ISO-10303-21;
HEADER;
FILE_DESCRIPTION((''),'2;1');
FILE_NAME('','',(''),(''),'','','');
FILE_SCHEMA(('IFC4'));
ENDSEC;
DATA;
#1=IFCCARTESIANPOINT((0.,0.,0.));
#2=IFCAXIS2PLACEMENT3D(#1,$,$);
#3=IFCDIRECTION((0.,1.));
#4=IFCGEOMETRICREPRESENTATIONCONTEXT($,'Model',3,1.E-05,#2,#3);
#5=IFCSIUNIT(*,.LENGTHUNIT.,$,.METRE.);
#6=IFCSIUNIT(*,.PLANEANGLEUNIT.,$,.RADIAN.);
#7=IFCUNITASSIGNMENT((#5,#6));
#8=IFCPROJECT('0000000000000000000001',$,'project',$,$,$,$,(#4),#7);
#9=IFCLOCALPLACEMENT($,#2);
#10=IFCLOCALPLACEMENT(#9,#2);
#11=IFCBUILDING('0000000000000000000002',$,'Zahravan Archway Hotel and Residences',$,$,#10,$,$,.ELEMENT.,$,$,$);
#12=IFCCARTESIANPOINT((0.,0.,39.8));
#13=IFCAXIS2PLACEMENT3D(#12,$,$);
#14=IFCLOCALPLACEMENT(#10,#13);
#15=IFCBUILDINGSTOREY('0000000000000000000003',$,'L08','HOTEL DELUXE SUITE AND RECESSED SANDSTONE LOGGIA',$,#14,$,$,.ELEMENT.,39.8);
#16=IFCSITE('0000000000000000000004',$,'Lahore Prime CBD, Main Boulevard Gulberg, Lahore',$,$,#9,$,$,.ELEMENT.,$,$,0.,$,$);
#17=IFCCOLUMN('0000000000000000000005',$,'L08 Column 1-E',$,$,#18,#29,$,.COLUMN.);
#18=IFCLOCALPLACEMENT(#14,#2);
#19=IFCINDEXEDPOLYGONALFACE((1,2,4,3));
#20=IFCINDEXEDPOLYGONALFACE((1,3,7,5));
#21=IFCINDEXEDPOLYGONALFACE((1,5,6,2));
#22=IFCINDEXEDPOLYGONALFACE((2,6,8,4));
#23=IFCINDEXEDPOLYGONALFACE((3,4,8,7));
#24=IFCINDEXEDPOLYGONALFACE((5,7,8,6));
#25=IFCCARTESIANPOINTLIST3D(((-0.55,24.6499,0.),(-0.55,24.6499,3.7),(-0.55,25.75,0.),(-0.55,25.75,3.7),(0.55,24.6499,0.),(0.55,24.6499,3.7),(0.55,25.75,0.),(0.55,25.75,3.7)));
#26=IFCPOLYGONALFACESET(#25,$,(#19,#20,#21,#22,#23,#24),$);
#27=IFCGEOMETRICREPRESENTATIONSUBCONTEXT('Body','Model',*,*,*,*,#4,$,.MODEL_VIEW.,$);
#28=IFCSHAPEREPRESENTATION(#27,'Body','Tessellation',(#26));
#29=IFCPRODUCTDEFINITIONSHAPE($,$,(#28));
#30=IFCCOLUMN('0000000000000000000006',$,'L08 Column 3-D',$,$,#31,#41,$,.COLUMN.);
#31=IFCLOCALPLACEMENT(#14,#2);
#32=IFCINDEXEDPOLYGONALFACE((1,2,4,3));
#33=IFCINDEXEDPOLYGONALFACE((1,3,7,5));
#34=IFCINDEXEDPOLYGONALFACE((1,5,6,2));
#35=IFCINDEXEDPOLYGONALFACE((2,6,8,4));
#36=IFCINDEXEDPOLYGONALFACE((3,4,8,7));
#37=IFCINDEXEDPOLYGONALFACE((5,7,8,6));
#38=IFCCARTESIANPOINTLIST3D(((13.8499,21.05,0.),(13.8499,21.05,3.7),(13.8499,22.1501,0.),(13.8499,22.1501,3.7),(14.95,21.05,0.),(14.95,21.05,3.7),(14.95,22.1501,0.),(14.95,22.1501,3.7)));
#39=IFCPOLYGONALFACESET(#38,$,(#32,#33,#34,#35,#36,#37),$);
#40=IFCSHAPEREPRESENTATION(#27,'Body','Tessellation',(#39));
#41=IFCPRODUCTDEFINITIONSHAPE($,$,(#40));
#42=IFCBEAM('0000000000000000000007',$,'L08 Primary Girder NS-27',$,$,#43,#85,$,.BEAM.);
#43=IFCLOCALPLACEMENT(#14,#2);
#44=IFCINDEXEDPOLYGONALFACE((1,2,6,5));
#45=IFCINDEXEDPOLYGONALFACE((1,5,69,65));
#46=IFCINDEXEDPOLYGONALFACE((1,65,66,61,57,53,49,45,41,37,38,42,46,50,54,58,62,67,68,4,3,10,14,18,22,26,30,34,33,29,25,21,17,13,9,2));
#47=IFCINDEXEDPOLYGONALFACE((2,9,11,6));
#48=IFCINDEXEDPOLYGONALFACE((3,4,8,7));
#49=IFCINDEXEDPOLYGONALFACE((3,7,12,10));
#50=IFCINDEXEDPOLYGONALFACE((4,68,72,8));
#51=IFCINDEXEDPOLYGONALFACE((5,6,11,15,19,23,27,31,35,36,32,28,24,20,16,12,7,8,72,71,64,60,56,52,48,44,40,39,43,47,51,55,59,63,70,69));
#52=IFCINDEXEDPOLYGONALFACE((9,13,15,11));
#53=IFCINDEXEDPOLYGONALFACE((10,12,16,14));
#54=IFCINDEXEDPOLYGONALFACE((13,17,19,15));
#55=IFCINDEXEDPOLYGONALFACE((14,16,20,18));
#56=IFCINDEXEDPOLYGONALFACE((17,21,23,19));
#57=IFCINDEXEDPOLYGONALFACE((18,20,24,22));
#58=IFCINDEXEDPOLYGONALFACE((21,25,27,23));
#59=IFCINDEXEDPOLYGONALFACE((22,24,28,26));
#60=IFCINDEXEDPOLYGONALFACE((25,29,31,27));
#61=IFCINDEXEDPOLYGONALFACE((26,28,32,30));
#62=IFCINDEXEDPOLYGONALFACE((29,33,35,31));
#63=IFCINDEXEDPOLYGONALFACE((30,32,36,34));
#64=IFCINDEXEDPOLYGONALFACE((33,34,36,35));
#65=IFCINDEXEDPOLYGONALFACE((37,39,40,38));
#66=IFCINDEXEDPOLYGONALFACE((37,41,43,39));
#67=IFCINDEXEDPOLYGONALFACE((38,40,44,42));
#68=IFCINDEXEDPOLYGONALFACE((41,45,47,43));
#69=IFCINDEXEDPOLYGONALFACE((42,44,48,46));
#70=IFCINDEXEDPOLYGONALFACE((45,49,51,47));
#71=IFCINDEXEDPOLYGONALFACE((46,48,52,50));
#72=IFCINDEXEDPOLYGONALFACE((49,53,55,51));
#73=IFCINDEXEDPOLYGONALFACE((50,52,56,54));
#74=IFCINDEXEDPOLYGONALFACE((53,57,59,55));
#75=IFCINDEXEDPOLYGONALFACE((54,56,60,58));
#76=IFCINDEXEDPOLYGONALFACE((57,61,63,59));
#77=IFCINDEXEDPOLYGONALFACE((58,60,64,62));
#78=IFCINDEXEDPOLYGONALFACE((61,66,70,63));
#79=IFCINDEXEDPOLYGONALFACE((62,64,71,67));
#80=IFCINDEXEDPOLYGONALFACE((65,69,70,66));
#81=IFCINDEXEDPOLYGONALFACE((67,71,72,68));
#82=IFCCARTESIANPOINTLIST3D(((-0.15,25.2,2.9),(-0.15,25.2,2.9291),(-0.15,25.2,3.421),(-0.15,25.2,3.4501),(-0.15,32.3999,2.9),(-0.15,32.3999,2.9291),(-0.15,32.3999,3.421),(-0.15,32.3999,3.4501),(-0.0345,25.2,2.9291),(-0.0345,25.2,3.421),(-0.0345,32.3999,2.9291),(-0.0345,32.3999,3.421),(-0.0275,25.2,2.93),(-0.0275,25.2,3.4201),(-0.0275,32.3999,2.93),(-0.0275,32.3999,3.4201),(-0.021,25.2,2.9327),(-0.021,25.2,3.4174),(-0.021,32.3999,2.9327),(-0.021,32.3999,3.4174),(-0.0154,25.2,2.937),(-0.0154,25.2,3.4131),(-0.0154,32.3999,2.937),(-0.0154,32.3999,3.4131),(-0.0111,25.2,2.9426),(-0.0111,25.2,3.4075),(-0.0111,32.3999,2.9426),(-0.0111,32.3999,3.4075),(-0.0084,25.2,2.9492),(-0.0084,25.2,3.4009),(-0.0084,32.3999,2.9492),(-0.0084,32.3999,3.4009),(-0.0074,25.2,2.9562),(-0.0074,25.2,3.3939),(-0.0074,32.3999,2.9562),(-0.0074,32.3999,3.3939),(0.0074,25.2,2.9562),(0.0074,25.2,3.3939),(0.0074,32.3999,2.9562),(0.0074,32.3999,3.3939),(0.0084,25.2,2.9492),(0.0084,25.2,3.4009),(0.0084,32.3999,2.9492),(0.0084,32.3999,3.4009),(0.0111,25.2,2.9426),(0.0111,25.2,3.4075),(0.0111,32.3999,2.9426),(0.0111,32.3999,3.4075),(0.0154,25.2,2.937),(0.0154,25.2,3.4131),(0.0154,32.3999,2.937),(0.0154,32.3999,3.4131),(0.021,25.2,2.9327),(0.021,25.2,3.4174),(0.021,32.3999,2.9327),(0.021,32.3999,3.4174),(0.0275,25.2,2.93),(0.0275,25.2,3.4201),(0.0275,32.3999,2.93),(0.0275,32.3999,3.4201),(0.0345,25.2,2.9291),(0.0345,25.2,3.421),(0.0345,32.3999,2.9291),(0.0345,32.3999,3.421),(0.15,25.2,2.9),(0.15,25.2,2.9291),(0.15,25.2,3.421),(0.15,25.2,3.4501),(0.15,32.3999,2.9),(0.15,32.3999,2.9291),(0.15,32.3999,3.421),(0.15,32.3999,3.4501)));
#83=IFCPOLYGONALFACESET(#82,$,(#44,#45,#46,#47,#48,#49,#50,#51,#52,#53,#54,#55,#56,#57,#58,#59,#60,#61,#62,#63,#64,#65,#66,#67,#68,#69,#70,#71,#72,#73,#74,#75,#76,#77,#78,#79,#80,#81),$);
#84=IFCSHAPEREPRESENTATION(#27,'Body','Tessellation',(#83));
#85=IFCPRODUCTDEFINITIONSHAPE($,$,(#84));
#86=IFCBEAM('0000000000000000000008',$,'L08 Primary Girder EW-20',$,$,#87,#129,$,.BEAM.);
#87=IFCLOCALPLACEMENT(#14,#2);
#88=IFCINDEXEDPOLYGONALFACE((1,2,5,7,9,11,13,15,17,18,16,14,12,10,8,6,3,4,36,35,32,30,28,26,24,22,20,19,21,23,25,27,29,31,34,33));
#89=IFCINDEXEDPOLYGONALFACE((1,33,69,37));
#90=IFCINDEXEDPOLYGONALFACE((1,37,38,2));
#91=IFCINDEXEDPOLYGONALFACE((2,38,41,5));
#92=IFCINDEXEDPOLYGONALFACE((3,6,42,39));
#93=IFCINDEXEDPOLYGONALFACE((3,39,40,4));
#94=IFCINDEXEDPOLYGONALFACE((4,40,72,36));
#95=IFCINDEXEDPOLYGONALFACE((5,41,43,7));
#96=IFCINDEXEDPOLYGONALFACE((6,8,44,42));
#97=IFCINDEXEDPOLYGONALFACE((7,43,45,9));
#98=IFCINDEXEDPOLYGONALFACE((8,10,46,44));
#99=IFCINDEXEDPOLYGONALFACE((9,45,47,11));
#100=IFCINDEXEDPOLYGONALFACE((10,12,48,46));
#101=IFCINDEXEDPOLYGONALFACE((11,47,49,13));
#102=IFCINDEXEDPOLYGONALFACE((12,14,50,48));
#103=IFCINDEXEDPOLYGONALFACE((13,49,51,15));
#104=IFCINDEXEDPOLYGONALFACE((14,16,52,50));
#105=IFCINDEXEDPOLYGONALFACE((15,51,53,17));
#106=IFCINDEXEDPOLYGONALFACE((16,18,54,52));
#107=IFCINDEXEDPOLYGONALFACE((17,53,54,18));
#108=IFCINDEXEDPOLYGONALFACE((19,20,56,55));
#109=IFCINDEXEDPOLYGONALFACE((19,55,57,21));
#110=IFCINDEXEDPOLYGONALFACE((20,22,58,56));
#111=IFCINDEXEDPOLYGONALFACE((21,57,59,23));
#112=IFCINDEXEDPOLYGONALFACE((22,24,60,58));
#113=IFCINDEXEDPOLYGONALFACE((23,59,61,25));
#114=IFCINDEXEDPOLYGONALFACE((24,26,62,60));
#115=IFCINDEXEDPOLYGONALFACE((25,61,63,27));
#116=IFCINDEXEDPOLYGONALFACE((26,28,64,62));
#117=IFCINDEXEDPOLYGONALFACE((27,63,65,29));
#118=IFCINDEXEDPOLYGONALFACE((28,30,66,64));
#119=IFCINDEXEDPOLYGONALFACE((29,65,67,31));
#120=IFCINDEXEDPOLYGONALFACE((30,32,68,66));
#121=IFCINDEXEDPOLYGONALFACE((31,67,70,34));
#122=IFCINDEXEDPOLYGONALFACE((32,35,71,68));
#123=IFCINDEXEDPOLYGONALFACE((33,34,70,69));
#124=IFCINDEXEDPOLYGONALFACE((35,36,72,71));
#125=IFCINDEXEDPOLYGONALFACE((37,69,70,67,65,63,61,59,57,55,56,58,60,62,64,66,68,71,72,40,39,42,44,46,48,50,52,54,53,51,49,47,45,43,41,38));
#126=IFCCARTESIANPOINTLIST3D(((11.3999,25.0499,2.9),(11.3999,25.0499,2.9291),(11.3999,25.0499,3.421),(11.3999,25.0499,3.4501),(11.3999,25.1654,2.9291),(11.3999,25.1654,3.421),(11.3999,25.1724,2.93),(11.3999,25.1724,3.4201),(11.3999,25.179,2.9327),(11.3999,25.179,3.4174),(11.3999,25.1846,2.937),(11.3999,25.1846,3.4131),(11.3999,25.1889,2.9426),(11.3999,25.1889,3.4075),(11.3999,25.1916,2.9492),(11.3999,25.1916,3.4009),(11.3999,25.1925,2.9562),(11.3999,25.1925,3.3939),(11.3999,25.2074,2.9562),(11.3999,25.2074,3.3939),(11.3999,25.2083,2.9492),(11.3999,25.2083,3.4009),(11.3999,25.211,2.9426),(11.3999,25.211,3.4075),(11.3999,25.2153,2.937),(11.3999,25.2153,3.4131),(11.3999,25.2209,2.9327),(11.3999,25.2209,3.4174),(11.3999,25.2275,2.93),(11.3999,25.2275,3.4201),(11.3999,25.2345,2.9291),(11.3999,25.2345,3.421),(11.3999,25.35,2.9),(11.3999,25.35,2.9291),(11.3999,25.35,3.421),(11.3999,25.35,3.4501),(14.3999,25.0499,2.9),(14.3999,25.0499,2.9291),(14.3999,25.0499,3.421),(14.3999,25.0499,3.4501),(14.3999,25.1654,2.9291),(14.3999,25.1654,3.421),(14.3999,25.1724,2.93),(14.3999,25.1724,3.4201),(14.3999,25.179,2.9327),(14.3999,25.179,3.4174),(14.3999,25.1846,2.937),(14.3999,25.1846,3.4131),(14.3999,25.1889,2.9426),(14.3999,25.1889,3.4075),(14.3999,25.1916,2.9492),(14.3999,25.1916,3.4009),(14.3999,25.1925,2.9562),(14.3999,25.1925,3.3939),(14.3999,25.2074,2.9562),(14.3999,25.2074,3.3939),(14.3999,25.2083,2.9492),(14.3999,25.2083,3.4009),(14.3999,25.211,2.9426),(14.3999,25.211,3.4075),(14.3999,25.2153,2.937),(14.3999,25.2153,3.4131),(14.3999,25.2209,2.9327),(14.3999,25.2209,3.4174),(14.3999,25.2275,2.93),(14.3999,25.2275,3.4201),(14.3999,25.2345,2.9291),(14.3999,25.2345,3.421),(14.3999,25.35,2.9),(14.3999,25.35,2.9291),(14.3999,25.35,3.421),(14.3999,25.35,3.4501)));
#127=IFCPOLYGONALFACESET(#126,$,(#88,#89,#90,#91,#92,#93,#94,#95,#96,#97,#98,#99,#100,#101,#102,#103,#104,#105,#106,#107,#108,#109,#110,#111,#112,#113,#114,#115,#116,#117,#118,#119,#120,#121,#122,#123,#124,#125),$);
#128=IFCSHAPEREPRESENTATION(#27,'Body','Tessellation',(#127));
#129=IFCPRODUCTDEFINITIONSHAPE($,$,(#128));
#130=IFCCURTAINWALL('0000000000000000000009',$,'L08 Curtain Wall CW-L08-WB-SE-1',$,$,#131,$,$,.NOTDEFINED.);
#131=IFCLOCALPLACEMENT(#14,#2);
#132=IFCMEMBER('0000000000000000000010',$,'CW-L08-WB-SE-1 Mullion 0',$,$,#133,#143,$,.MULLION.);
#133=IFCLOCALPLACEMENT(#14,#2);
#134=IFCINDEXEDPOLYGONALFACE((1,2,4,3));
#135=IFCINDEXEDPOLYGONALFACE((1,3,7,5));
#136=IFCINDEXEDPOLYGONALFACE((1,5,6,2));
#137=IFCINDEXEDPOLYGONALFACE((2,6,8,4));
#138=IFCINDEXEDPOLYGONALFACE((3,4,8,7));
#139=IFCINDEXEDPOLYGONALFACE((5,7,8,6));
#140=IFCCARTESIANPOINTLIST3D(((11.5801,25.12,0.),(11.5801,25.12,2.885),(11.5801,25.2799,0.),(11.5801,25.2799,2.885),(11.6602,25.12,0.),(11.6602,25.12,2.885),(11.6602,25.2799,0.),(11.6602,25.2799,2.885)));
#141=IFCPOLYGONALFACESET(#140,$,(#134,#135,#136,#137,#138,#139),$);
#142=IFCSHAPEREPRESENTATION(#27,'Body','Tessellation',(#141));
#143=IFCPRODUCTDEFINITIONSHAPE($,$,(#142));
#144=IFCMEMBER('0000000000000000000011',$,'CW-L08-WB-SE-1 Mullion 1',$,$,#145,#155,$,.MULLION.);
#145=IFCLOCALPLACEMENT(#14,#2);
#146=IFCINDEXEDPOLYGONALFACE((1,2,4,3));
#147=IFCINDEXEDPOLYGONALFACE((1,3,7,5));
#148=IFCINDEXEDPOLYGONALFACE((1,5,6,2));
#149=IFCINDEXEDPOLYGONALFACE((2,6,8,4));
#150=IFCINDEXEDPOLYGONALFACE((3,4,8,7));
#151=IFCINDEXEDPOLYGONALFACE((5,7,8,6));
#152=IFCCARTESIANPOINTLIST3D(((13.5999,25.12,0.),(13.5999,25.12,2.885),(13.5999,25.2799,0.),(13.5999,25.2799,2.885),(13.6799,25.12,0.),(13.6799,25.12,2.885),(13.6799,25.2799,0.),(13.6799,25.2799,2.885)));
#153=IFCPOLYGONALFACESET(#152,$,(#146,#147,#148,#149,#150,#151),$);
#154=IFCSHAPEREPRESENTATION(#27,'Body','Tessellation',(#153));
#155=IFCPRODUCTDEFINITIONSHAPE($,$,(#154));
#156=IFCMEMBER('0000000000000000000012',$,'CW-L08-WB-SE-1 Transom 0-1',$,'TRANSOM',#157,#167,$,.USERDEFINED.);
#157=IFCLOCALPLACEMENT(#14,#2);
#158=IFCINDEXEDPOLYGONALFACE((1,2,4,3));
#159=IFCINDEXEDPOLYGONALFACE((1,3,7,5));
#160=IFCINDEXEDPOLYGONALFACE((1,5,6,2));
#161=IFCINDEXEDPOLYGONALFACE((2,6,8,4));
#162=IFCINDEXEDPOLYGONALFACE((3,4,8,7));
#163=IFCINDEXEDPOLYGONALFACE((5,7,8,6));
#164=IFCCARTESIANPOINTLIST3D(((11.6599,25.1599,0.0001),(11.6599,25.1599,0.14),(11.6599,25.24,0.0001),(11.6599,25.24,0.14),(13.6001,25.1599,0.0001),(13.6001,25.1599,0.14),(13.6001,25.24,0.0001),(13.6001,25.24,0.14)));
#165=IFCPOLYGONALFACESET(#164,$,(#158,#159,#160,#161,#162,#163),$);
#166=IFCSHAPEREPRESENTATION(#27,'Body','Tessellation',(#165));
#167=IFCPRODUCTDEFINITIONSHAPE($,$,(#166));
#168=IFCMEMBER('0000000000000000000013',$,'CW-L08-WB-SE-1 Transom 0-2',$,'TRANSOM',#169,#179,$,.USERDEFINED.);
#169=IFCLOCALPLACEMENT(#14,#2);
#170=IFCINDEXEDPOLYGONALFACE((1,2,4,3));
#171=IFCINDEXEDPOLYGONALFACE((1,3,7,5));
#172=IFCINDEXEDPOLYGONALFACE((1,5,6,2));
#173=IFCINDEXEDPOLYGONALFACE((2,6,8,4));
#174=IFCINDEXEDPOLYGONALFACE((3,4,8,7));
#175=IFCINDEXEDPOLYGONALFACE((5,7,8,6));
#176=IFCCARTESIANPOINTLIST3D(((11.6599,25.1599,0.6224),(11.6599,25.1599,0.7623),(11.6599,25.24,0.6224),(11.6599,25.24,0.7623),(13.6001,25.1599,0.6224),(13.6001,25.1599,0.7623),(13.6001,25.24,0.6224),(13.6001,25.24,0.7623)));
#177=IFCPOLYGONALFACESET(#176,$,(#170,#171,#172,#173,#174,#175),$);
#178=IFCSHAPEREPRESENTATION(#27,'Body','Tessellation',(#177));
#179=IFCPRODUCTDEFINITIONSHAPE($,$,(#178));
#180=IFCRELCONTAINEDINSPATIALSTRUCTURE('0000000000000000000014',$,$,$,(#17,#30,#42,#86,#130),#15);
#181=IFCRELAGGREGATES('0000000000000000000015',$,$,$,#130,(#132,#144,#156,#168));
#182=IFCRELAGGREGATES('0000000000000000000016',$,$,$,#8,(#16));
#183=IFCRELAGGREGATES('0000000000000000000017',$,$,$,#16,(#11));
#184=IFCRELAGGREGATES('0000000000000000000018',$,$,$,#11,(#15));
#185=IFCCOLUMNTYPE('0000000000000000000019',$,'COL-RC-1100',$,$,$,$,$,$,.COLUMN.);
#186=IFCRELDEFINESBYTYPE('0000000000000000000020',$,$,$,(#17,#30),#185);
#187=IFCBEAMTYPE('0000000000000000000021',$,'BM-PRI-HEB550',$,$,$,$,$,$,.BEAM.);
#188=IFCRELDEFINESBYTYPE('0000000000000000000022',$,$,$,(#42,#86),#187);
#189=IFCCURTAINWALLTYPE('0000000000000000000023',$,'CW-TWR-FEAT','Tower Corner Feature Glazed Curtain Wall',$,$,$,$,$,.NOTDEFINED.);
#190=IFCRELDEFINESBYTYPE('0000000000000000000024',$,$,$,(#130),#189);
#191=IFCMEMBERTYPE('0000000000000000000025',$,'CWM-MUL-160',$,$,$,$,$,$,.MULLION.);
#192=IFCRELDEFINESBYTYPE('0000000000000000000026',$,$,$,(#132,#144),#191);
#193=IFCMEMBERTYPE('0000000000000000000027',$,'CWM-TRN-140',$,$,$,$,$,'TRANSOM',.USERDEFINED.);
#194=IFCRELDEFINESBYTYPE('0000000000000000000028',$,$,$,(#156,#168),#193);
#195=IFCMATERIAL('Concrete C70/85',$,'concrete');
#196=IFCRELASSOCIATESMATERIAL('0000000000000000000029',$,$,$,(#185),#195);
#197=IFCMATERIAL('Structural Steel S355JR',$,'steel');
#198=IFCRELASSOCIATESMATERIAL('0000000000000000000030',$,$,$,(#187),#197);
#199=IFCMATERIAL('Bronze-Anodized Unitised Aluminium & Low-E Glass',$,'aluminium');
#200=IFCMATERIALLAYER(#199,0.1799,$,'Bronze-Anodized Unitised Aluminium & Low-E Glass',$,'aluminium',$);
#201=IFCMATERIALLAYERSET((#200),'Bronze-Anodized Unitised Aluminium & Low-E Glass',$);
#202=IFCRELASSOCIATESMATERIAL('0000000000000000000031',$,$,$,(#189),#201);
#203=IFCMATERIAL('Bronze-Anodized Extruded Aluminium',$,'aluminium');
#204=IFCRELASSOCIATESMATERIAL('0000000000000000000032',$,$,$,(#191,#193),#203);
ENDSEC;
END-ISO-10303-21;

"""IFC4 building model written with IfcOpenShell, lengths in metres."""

from ifc_helpers import new_model, si_unit, direction, frame, origin, origin_2d, place, context, subcontext, project, spatial, rectangle, i_section, extrude, source, transform, mapped, material, layer, layer_set, material_profile, profile_set, type_object, element, aggregate, save


model = new_model("IFC4")

# Units and contexts
model_context = context("Model", 3, precision=1e-05, world=origin(), true_north=direction((0.0, 1.0)))
body_context = subcontext(model_context, "Body", "Model", "MODEL_VIEW")
ifc_project = project(units=[si_unit("LENGTHUNIT", "METRE"), si_unit("PLANEANGLEUNIT", "RADIAN")], contexts=[model_context])

# Site, building, storey
site_placement = place(None, origin())
site = spatial("IfcSite", under=ifc_project, at=site_placement, Name="Lahore Prime CBD, Main Boulevard Gulberg, Lahore", CompositionType="ELEMENT", RefElevation=0.0)
building_placement = place(site_placement, origin())
building = spatial("IfcBuilding", under=site, at=building_placement, Name="Zahravan Archway Hotel and Residences", CompositionType="ELEMENT")
storey_placement = place(building_placement, frame((0.0, 0.0, 39.8)))
storey = spatial("IfcBuildingStorey", under=building, at=storey_placement, Name="L08", Description="HOTEL DELUXE SUITE AND RECESSED SANDSTONE LOGGIA", CompositionType="ELEMENT", Elevation=39.8)

# Columns
ifc_material_1 = material(Name="Concrete C70/85", Category="concrete")
ifc_material_profile_1 = material_profile(ifc_material_1, rectangle(XDim=1.1001, YDim=1.1001, at=origin_2d()), Name="RC 1100x1100", Category="concrete")
ifc_profile_set_1 = profile_set([ifc_material_profile_1], Name="Concrete C70/85")
column_type = type_object("IfcColumnType", Name="COL-RC-1100", PredefinedType="COLUMN", material=ifc_profile_set_1)
shared_shape_1 = source(origin(), body_context, "Body", "SweptSolid", [
    extrude(rectangle(XDim=1.1001, YDim=1.1001, at=origin_2d()), origin(), (0.0, 0.0, 1.0), 3.7),
])
for number, where, z_axis, x_axis, name in (
    (1, (0.0, 25.2, 0.0), (0.0, 0.0, 1.0), (1.0, 0.0, 0.0), "L08 Column 1-E"),
    (2, (14.3999, 21.6001, 0.0), (0.0, 0.0, 1.0), (1.0, 0.0, 0.0), "L08 Column 3-D"),
):
    element("IfcColumn", number, at=place(storey_placement, frame(where, z_axis=z_axis, x_axis=x_axis)), inside=storey, type_object=column_type, Name=name, PredefinedType="COLUMN", context=body_context, shape_type="MappedRepresentation", body=[
        mapped(shared_shape_1, transform((0.0, 0.0, 0.0), scale=1.0)),
    ])

# Beams
ifc_material_2 = material(Name="Structural Steel S355JR", Category="steel")
ifc_material_profile_2 = material_profile(ifc_material_2, i_section(OverallWidth=0.3, OverallDepth=0.55, WebThickness=0.0149, FlangeThickness=0.0291, FilletRadius=0.0271, at=origin_2d()), Name="HEB 550", Category="steel")
ifc_profile_set_2 = profile_set([ifc_material_profile_2], Name="Structural Steel S355JR")
beam_type = type_object("IfcBeamType", Name="BM-PRI-HEB550", PredefinedType="BEAM", material=ifc_profile_set_2)
shared_shape_2 = source(origin(), body_context, "Body", "SweptSolid", [
    extrude(i_section(OverallWidth=0.3, OverallDepth=0.55, WebThickness=0.0149, FlangeThickness=0.0291, FilletRadius=0.0271, at=origin_2d()), origin(), (0.0, 0.0, 1.0), 7.2),
])
beam_1_placement = place(storey_placement, frame((0.0, 25.2, 3.175), z_axis=(0.0, 1.0, 0.0), x_axis=(-1.0, 0.0, 0.0)))
element("IfcBeam", 3, at=beam_1_placement, inside=storey, type_object=beam_type, Name="L08 Primary Girder NS-27", PredefinedType="BEAM", context=body_context, shape_type="MappedRepresentation", body=[
    mapped(shared_shape_2, transform((0.0, 0.0, 0.0), scale=1.0)),
])
shared_shape_3 = source(origin(), body_context, "Body", "SweptSolid", [
    extrude(i_section(OverallWidth=0.3, OverallDepth=0.55, WebThickness=0.0149, FlangeThickness=0.0291, FilletRadius=0.0271, at=origin_2d()), origin(), (0.0, 0.0, 1.0), 3.0),
])
beam_2_placement = place(storey_placement, frame((11.3999, 25.2, 3.175), z_axis=(1.0, 0.0, 0.0), x_axis=(0.0, 1.0, 0.0)))
element("IfcBeam", 4, at=beam_2_placement, inside=storey, type_object=beam_type, Name="L08 Primary Girder EW-20", PredefinedType="BEAM", context=body_context, shape_type="MappedRepresentation", body=[
    mapped(shared_shape_3, transform((0.0, 0.0, 0.0), scale=1.0)),
])

# Curtain wall, members
ifc_material_3 = material(Name="Bronze-Anodized Unitised Aluminium & Low-E Glass", Category="aluminium")
ifc_layer_1 = layer(ifc_material_3, 0.1799, Name="Bronze-Anodized Unitised Aluminium & Low-E Glass", Category="aluminium")
ifc_layer_set_1 = layer_set([ifc_layer_1], Name="Bronze-Anodized Unitised Aluminium & Low-E Glass")
curtain_wall_type = type_object("IfcCurtainWallType", Name="CW-TWR-FEAT", Description="Tower Corner Feature Glazed Curtain Wall", PredefinedType="NOTDEFINED", material=ifc_layer_set_1)
curtain_wall_placement = place(storey_placement, origin())
curtain_wall = element("IfcCurtainWall", 5, at=curtain_wall_placement, inside=storey, type_object=curtain_wall_type, Name="L08 Curtain Wall CW-L08-WB-SE-1", PredefinedType="NOTDEFINED")
ifc_material_4 = material(Name="Bronze-Anodized Extruded Aluminium", Category="aluminium")
ifc_material_profile_3 = material_profile(ifc_material_4, rectangle(XDim=0.0801, YDim=0.1599, at=origin_2d()), Name="MUL 80x160", Category="aluminium")
ifc_profile_set_3 = profile_set([ifc_material_profile_3], Name="Bronze-Anodized Extruded Aluminium")
member_type_1 = type_object("IfcMemberType", Name="CWM-MUL-160", PredefinedType="MULLION", material=ifc_profile_set_3)
shared_shape_4 = source(origin(), body_context, "Body", "SweptSolid", [
    extrude(rectangle(XDim=0.0801, YDim=0.1599, at=origin_2d()), origin(), (0.0, 0.0, 1.0), 2.885),
])
member_1_placement = place(storey_placement, frame((11.6201, 25.2, 0.0), z_axis=(0.0, 0.0, 1.0), x_axis=(1.0, 0.0, 0.0)))
member_1 = element("IfcMember", 6, at=member_1_placement, type_object=member_type_1, Name="CW-L08-WB-SE-1 Mullion 0", PredefinedType="MULLION", context=body_context, shape_type="MappedRepresentation", body=[
    mapped(shared_shape_4, transform((0.0, 0.0, 0.0), scale=1.0)),
])
member_2_placement = place(storey_placement, frame((13.6399, 25.2, 0.0), z_axis=(0.0, 0.0, 1.0), x_axis=(1.0, 0.0, 0.0)))
member_2 = element("IfcMember", 7, at=member_2_placement, type_object=member_type_1, Name="CW-L08-WB-SE-1 Mullion 1", PredefinedType="MULLION", context=body_context, shape_type="MappedRepresentation", body=[
    mapped(shared_shape_4, transform((0.0, 0.0, 0.0), scale=1.0)),
])
ifc_material_profile_4 = material_profile(ifc_material_4, rectangle(XDim=0.0801, YDim=0.1399, at=origin_2d()), Name="TRN 80x140", Category="aluminium")
ifc_profile_set_4 = profile_set([ifc_material_profile_4], Name="Bronze-Anodized Extruded Aluminium")
member_type_2 = type_object("IfcMemberType", Name="CWM-TRN-140", ElementType="TRANSOM", PredefinedType="USERDEFINED", material=ifc_profile_set_4)
shared_shape_5 = source(origin(), body_context, "Body", "SweptSolid", [
    extrude(rectangle(XDim=0.0801, YDim=0.1399, at=origin_2d()), origin(), (0.0, 0.0, 1.0), 1.9402),
])
member_3_placement = place(storey_placement, frame((11.6599, 25.2, 0.0701), z_axis=(1.0, 0.0, 0.0), x_axis=(0.0, 1.0, 0.0)))
member_3 = element("IfcMember", 8, at=member_3_placement, type_object=member_type_2, Name="CW-L08-WB-SE-1 Transom 0-1", ObjectType="TRANSOM", PredefinedType="USERDEFINED", context=body_context, shape_type="MappedRepresentation", body=[
    mapped(shared_shape_5, transform((0.0, 0.0, 0.0), scale=1.0)),
])
member_4_placement = place(storey_placement, frame((11.6599, 25.2, 0.6924), z_axis=(1.0, 0.0, 0.0), x_axis=(0.0, 1.0, 0.0)))
member_4 = element("IfcMember", 9, at=member_4_placement, type_object=member_type_2, Name="CW-L08-WB-SE-1 Transom 0-2", ObjectType="TRANSOM", PredefinedType="USERDEFINED", context=body_context, shape_type="MappedRepresentation", body=[
    mapped(shared_shape_5, transform((0.0, 0.0, 0.0), scale=1.0)),
])

aggregate(curtain_wall, [member_1, member_2, member_3, member_4])

save(model, "model.ifc")
